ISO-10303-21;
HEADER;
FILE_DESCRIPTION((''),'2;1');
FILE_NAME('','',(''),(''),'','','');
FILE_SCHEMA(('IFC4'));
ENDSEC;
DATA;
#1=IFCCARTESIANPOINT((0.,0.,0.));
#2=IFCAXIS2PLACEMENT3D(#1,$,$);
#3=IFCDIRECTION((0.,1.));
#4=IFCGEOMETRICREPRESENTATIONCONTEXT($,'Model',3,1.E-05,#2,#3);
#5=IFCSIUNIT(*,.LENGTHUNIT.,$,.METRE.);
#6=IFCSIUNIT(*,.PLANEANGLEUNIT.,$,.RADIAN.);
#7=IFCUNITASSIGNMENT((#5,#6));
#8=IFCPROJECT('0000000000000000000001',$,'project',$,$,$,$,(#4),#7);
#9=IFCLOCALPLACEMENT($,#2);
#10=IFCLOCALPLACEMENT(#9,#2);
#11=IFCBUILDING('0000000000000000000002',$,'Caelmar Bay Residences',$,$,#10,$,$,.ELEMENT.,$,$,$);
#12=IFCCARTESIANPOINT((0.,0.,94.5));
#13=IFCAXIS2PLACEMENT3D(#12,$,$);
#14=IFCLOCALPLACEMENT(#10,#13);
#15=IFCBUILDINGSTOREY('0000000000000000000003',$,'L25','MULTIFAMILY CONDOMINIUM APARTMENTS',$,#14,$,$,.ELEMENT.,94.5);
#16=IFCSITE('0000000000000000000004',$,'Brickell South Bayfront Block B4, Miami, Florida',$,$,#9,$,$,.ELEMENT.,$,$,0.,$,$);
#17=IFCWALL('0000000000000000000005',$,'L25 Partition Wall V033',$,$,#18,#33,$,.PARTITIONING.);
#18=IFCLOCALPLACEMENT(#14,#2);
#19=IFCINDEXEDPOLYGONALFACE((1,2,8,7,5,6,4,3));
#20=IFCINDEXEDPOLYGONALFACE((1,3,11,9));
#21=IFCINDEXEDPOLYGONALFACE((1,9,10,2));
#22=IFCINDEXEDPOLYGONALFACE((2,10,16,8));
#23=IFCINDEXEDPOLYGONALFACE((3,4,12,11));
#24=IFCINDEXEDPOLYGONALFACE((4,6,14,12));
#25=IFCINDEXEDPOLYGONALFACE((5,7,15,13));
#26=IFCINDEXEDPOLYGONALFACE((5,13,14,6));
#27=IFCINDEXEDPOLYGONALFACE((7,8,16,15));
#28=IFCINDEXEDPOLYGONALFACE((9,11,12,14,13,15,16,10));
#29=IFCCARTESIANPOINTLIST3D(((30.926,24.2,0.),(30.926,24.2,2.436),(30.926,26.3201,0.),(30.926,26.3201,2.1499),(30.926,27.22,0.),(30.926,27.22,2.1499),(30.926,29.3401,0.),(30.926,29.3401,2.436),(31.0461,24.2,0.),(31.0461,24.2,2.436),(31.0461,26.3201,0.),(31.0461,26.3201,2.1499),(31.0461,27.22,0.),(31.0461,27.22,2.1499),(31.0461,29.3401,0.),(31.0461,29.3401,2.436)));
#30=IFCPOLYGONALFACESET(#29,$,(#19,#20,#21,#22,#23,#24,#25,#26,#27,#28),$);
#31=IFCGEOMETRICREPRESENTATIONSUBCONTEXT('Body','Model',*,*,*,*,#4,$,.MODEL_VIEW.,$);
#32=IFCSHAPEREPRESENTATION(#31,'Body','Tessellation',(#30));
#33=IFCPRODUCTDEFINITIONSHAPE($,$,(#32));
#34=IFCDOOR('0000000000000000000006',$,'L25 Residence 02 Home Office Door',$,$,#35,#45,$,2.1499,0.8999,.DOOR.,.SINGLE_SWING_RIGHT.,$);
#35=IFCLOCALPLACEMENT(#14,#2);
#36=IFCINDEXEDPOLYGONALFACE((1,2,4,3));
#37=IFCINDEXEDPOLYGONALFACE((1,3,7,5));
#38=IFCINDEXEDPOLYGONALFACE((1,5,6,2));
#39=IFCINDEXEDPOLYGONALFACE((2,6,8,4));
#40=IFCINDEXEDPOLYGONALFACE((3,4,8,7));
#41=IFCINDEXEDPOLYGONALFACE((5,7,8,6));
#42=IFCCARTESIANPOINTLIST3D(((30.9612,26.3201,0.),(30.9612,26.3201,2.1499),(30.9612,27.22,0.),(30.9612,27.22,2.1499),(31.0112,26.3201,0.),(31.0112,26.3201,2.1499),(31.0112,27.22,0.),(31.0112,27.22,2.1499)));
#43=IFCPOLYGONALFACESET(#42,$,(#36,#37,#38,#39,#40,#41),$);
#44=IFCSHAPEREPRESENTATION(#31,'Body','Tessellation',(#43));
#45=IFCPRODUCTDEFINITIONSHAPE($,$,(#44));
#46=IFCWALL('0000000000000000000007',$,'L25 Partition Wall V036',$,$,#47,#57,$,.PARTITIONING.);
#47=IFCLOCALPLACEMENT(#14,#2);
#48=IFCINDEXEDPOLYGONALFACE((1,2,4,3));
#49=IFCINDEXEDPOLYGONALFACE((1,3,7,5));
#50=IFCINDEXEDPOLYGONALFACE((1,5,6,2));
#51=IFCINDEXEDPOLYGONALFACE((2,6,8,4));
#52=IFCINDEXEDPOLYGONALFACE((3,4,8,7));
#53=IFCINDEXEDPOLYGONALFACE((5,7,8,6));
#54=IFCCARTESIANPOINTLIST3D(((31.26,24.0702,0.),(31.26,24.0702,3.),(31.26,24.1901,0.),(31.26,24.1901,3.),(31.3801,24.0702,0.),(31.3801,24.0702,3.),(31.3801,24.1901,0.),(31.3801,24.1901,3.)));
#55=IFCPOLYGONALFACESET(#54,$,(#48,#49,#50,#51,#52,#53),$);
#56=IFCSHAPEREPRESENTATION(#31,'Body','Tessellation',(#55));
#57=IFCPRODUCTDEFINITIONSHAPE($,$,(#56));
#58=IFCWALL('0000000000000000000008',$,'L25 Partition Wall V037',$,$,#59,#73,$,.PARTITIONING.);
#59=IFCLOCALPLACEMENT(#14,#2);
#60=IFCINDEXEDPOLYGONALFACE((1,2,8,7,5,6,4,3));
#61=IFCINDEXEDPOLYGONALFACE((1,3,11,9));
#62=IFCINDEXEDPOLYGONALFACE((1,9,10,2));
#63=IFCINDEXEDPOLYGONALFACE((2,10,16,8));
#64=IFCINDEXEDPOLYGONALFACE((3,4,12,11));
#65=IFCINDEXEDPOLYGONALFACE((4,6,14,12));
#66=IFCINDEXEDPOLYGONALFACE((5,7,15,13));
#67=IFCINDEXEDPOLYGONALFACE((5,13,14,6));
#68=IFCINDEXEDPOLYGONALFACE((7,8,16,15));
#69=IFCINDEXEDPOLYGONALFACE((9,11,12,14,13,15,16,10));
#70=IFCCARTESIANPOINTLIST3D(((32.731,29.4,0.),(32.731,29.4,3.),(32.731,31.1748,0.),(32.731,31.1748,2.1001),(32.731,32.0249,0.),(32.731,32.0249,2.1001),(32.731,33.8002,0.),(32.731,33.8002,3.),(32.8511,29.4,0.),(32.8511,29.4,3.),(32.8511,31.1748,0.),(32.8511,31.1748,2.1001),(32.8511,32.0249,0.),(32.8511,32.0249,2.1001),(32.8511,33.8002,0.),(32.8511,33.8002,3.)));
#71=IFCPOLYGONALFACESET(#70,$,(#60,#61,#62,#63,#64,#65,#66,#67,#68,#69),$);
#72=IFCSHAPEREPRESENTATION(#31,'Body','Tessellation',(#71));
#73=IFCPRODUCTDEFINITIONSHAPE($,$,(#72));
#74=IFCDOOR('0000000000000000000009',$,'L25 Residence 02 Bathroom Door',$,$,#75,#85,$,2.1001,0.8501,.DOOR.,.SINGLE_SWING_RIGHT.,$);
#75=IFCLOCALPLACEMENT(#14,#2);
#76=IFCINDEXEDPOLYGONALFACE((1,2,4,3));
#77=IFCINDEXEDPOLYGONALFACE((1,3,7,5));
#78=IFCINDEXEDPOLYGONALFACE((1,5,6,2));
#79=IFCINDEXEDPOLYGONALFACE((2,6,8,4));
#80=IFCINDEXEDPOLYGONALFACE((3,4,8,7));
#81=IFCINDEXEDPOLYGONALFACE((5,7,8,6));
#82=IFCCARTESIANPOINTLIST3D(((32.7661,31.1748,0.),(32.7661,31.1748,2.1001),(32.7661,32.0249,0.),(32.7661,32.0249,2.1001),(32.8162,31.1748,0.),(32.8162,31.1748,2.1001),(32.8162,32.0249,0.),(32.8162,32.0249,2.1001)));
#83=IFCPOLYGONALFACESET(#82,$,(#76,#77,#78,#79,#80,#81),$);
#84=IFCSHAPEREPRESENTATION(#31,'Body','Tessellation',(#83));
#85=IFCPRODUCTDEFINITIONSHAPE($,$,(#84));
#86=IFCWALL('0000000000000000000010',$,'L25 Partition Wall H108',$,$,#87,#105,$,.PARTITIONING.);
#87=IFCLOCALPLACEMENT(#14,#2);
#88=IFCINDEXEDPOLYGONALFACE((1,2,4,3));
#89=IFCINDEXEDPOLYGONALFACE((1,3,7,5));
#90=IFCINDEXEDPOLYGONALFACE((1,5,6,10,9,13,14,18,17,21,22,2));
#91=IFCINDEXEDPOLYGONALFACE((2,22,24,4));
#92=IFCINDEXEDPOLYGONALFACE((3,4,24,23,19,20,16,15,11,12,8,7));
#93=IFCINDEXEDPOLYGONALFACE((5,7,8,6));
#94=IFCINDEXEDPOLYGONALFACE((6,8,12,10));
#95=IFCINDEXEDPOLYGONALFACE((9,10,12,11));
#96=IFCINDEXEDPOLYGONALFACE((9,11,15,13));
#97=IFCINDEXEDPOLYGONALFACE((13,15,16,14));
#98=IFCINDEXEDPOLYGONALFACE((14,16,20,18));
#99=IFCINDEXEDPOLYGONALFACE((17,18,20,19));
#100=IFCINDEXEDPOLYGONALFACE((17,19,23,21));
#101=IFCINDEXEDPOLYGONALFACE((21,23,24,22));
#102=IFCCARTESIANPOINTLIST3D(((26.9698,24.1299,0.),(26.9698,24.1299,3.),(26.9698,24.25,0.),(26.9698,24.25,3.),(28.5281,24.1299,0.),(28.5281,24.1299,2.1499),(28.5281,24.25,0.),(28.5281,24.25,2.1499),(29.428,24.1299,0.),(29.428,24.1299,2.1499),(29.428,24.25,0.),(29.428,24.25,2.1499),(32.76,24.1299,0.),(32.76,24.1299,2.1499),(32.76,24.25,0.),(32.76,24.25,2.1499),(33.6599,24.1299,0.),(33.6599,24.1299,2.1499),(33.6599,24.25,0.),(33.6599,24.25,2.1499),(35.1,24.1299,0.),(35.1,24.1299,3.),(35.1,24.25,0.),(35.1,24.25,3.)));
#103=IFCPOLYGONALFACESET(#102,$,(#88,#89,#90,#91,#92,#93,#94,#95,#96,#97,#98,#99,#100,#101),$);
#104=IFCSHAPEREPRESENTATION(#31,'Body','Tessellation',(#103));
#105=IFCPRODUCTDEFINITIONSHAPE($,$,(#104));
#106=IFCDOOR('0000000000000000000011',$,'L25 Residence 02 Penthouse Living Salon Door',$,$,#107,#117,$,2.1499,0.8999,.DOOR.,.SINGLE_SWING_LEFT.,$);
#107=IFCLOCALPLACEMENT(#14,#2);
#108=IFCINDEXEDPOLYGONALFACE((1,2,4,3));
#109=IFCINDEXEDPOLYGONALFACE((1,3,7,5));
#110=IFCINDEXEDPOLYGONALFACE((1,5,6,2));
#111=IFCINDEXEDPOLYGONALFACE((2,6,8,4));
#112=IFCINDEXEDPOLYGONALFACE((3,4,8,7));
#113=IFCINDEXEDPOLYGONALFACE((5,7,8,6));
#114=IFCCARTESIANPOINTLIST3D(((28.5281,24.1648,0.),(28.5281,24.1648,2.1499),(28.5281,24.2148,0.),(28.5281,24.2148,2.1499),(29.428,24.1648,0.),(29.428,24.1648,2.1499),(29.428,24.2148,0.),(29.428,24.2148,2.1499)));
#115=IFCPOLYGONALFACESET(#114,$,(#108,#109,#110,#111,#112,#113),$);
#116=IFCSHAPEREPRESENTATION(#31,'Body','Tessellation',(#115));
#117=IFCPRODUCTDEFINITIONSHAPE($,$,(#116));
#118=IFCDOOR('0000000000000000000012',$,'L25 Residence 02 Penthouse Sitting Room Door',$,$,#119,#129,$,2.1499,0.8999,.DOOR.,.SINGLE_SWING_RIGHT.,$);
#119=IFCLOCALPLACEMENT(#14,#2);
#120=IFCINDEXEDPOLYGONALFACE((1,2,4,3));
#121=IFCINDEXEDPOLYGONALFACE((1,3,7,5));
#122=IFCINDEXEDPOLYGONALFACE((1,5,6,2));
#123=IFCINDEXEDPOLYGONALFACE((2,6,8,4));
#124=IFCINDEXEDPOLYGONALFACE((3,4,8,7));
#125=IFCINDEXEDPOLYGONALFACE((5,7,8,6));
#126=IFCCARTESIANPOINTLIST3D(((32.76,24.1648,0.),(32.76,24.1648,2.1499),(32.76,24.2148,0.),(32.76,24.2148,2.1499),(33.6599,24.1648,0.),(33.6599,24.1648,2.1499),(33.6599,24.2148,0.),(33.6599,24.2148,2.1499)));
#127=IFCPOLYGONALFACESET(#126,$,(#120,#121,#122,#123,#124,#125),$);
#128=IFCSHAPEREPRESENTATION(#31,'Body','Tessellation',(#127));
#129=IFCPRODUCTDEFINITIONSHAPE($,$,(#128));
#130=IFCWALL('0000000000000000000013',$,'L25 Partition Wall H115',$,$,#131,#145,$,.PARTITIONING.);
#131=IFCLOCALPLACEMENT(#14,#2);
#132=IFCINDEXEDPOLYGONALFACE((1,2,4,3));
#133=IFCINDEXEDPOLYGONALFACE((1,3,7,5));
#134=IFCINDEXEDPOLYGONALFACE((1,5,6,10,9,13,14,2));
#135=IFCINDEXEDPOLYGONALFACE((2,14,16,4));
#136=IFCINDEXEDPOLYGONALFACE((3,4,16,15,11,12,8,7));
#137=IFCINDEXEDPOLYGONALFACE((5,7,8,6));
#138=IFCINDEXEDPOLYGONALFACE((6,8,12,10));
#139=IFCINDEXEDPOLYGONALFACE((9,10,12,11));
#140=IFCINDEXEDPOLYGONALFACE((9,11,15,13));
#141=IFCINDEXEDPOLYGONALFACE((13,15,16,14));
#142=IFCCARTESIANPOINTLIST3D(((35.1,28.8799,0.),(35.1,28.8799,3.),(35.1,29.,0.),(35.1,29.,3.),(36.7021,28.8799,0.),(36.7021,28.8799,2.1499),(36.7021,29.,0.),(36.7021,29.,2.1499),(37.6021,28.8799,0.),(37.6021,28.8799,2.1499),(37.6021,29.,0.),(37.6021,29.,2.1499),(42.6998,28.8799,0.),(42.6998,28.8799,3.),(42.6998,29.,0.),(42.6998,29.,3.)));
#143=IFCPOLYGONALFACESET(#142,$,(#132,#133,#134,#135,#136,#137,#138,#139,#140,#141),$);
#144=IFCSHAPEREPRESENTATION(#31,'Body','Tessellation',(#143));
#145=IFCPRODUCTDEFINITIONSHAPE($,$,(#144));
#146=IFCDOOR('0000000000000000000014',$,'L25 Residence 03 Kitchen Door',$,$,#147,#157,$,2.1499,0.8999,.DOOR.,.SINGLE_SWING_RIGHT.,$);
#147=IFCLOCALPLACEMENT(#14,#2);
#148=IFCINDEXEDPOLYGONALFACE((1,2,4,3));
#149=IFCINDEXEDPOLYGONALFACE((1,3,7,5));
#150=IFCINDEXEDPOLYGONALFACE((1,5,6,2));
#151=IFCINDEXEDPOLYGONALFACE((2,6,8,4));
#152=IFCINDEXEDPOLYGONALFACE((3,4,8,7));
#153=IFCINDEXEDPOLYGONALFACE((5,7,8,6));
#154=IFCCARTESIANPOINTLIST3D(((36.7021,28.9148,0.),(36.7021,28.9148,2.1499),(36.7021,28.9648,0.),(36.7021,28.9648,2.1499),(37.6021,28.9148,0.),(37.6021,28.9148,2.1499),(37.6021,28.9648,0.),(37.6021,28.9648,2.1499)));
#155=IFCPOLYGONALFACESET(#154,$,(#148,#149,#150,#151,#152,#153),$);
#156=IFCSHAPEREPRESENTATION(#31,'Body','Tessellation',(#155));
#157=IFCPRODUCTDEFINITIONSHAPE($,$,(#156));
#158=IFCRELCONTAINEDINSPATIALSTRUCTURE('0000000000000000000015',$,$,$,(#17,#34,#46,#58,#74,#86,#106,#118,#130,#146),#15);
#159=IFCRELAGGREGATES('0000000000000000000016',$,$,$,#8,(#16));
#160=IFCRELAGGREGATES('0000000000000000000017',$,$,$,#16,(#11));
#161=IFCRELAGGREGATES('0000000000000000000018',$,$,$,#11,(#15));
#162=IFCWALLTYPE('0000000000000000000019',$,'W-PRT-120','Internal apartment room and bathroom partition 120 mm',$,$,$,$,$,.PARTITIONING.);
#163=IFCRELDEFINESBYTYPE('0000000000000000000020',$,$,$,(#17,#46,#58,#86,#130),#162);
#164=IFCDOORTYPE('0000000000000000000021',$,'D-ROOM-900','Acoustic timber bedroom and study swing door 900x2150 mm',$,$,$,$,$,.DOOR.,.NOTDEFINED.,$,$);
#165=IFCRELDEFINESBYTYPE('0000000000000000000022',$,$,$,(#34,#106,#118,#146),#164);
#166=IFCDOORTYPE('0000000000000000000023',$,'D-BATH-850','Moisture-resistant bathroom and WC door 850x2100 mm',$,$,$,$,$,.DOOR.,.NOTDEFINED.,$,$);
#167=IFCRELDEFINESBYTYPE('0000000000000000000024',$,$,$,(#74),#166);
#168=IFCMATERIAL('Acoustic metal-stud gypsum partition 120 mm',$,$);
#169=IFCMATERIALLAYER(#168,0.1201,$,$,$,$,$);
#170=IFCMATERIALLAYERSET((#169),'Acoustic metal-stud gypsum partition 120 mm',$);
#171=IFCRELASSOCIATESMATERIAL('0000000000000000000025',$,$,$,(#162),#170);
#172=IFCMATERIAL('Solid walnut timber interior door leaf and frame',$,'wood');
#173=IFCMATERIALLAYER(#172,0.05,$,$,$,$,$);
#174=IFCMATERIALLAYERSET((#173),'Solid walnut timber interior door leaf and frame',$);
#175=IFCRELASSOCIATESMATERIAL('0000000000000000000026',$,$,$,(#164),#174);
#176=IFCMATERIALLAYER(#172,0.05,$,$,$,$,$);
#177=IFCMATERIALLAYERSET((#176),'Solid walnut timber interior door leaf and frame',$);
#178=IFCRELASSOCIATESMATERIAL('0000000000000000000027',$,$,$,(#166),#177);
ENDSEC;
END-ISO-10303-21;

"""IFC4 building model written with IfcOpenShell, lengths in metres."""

from ifc_helpers import new_model, si_unit, direction, frame, frame_2d, origin, place, context, subcontext, project, spatial, rectangle, extrude, material, layer, layer_set, type_object, element, fill, save


model = new_model("IFC4")

# Units and contexts
model_context = context("Model", 3, precision=1e-05, world=origin(), true_north=direction((0.0, 1.0)))
body_context = subcontext(model_context, "Body", "Model", "MODEL_VIEW")
ifc_project = project(units=[si_unit("LENGTHUNIT", "METRE"), si_unit("PLANEANGLEUNIT", "RADIAN")], contexts=[model_context])

# Site, building, storey
site_placement = place(None, origin())
site = spatial("IfcSite", under=ifc_project, at=site_placement, Name="Brickell South Bayfront Block B4, Miami, Florida", CompositionType="ELEMENT", RefElevation=0.0)
building_placement = place(site_placement, origin())
building = spatial("IfcBuilding", under=site, at=building_placement, Name="Caelmar Bay Residences", CompositionType="ELEMENT")
storey_placement = place(building_placement, frame((0.0, 0.0, 94.5)))
storey = spatial("IfcBuildingStorey", under=building, at=storey_placement, Name="L25", Description="MULTIFAMILY CONDOMINIUM APARTMENTS", CompositionType="ELEMENT", Elevation=94.5)

# Wall, opening, door
ifc_material_1 = material(Name="Acoustic metal-stud gypsum partition 120 mm")
ifc_layer_1 = layer(ifc_material_1, 0.1201)
ifc_layer_set_1 = layer_set([ifc_layer_1], Name="Acoustic metal-stud gypsum partition 120 mm")
wall_type_1 = type_object("IfcWallType", Name="W-PRT-120", Description="Internal apartment room and bathroom partition 120 mm", PredefinedType="PARTITIONING", material=ifc_layer_set_1)
wall_1_placement = place(storey_placement, frame((30.9861, 24.2, 0.0), z_axis=(0.0, 0.0, 1.0), x_axis=(0.0, 1.0, 0.0)))
wall_1 = element("IfcWall", 1, at=wall_1_placement, inside=storey, type_object=wall_type_1, Name="L25 Partition Wall V033", PredefinedType="PARTITIONING", context=body_context, shape_type="SweptSolid", body=[
    extrude(rectangle(XDim=5.1401, YDim=0.1201, at=frame_2d((2.5701, 0.0))), origin(), (0.0, 0.0, 1.0), 2.436),
])
opening_1_placement = place(wall_1_placement, frame((2.1201, 0.0, 0.0)))
opening_1 = element("IfcOpeningElement", 2, at=opening_1_placement, cuts=wall_1, PredefinedType="OPENING", context=body_context, shape_type="SweptSolid", body=[
    extrude(rectangle(XDim=0.8999, YDim=2.1499, at=frame_2d((0.45, 1.075))), frame((0.0, 0.0701, 0.0), z_axis=(0.0, -1.0, 0.0), x_axis=(1.0, 0.0, 0.0)), (0.0, 0.0, 1.0), 0.1401),
])
ifc_material_2 = material(Name="Solid walnut timber interior door leaf and frame", Category="wood")
ifc_layer_2 = layer(ifc_material_2, 0.05)
ifc_layer_set_2 = layer_set([ifc_layer_2], Name="Solid walnut timber interior door leaf and frame")
door_type_1 = type_object("IfcDoorType", Name="D-ROOM-900", Description="Acoustic timber bedroom and study swing door 900x2150 mm", OperationType="NOTDEFINED", PredefinedType="DOOR", material=ifc_layer_set_2)
door_1_placement = place(opening_1_placement, origin())
door_1 = element("IfcDoor", 3, at=door_1_placement, inside=storey, type_object=door_type_1, Name="L25 Residence 02 Home Office Door", OperationType="SINGLE_SWING_RIGHT", OverallHeight=2.1499, OverallWidth=0.8999, PredefinedType="DOOR", context=body_context, shape_type="SweptSolid", body=[
    extrude(rectangle(XDim=0.8999, YDim=2.1499, at=frame_2d((0.45, 1.075))), frame((0.0, 0.0249, 0.0), z_axis=(0.0, -1.0, 0.0), x_axis=(1.0, 0.0, 0.0)), (0.0, 0.0, 1.0), 0.05),
])
fill(opening_1, door_1)

# Wall
wall_2_placement = place(storey_placement, frame((31.3201, 24.0701, 0.0), z_axis=(0.0, 0.0, 1.0), x_axis=(0.0, 1.0, 0.0)))
element("IfcWall", 4, at=wall_2_placement, inside=storey, type_object=wall_type_1, Name="L25 Partition Wall V036", PredefinedType="PARTITIONING", context=body_context, shape_type="SweptSolid", body=[
    extrude(rectangle(XDim=0.1199, YDim=0.1201, at=frame_2d((0.0601, 0.0))), origin(), (0.0, 0.0, 1.0), 3.0),
])

# Wall, opening, door
wall_3_placement = place(storey_placement, frame((32.791, 29.3999, 0.0), z_axis=(0.0, 0.0, 1.0), x_axis=(0.0, 1.0, 0.0)))
wall_3 = element("IfcWall", 5, at=wall_3_placement, inside=storey, type_object=wall_type_1, Name="L25 Partition Wall V037", PredefinedType="PARTITIONING", context=body_context, shape_type="SweptSolid", body=[
    extrude(rectangle(XDim=4.4001, YDim=0.1201, at=frame_2d((2.2002, 0.0))), origin(), (0.0, 0.0, 1.0), 3.0),
])
opening_2_placement = place(wall_3_placement, frame((1.7749, 0.0, 0.0)))
opening_2 = element("IfcOpeningElement", 6, at=opening_2_placement, cuts=wall_3, PredefinedType="OPENING", context=body_context, shape_type="SweptSolid", body=[
    extrude(rectangle(XDim=0.8501, YDim=2.1001, at=frame_2d((0.425, 1.05))), frame((0.0, 0.0701, 0.0), z_axis=(0.0, -1.0, 0.0), x_axis=(1.0, 0.0, 0.0)), (0.0, 0.0, 1.0), 0.1401),
])
ifc_layer_3 = layer(ifc_material_2, 0.05)
ifc_layer_set_3 = layer_set([ifc_layer_3], Name="Solid walnut timber interior door leaf and frame")
door_type_2 = type_object("IfcDoorType", Name="D-BATH-850", Description="Moisture-resistant bathroom and WC door 850x2100 mm", OperationType="NOTDEFINED", PredefinedType="DOOR", material=ifc_layer_set_3)
door_2_placement = place(opening_2_placement, origin())
door_2 = element("IfcDoor", 7, at=door_2_placement, inside=storey, type_object=door_type_2, Name="L25 Residence 02 Bathroom Door", OperationType="SINGLE_SWING_RIGHT", OverallHeight=2.1001, OverallWidth=0.8501, PredefinedType="DOOR", context=body_context, shape_type="SweptSolid", body=[
    extrude(rectangle(XDim=0.8501, YDim=2.1001, at=frame_2d((0.425, 1.05))), frame((0.0, 0.0249, 0.0), z_axis=(0.0, -1.0, 0.0), x_axis=(1.0, 0.0, 0.0)), (0.0, 0.0, 1.0), 0.05),
])
fill(opening_2, door_2)

# Wall, openings, doors
wall_4_placement = place(storey_placement, frame((26.97, 24.1899, 0.0), z_axis=(0.0, 0.0, 1.0), x_axis=(1.0, 0.0, 0.0)))
wall_4 = element("IfcWall", 8, at=wall_4_placement, inside=storey, type_object=wall_type_1, Name="L25 Partition Wall H108", PredefinedType="PARTITIONING", context=body_context, shape_type="SweptSolid", body=[
    extrude(rectangle(XDim=8.1301, YDim=0.1201, at=frame_2d((4.0649, 0.0))), origin(), (0.0, 0.0, 1.0), 3.0),
])
opening_3_placement = place(wall_4_placement, frame((1.5581, 0.0, 0.0)))
opening_3 = element("IfcOpeningElement", 9, at=opening_3_placement, cuts=wall_4, PredefinedType="OPENING", context=body_context, shape_type="SweptSolid", body=[
    extrude(rectangle(XDim=0.8999, YDim=2.1499, at=frame_2d((0.45, 1.075))), frame((0.0, 0.0701, 0.0), z_axis=(0.0, -1.0, 0.0), x_axis=(1.0, 0.0, 0.0)), (0.0, 0.0, 1.0), 0.1401),
])
opening_4_placement = place(wall_4_placement, frame((5.79, 0.0, 0.0)))
opening_4 = element("IfcOpeningElement", 10, at=opening_4_placement, cuts=wall_4, PredefinedType="OPENING", context=body_context, shape_type="SweptSolid", body=[
    extrude(rectangle(XDim=0.8999, YDim=2.1499, at=frame_2d((0.45, 1.075))), frame((0.0, 0.0701, 0.0), z_axis=(0.0, -1.0, 0.0), x_axis=(1.0, 0.0, 0.0)), (0.0, 0.0, 1.0), 0.1401),
])
door_3_placement = place(opening_3_placement, origin())
door_3 = element("IfcDoor", 11, at=door_3_placement, inside=storey, type_object=door_type_1, Name="L25 Residence 02 Penthouse Living Salon Door", OperationType="SINGLE_SWING_LEFT", OverallHeight=2.1499, OverallWidth=0.8999, PredefinedType="DOOR", context=body_context, shape_type="SweptSolid", body=[
    extrude(rectangle(XDim=0.8999, YDim=2.1499, at=frame_2d((0.45, 1.075))), frame((0.0, 0.0249, 0.0), z_axis=(0.0, -1.0, 0.0), x_axis=(1.0, 0.0, 0.0)), (0.0, 0.0, 1.0), 0.05),
])
fill(opening_3, door_3)
door_4_placement = place(opening_4_placement, origin())
door_4 = element("IfcDoor", 12, at=door_4_placement, inside=storey, type_object=door_type_1, Name="L25 Residence 02 Penthouse Sitting Room Door", OperationType="SINGLE_SWING_RIGHT", OverallHeight=2.1499, OverallWidth=0.8999, PredefinedType="DOOR", context=body_context, shape_type="SweptSolid", body=[
    extrude(rectangle(XDim=0.8999, YDim=2.1499, at=frame_2d((0.45, 1.075))), frame((0.0, 0.0249, 0.0), z_axis=(0.0, -1.0, 0.0), x_axis=(1.0, 0.0, 0.0)), (0.0, 0.0, 1.0), 0.05),
])
fill(opening_4, door_4)

# Wall, opening, door
wall_5_placement = place(storey_placement, frame((35.1001, 28.9399, 0.0), z_axis=(0.0, 0.0, 1.0), x_axis=(1.0, 0.0, 0.0)))
wall_5 = element("IfcWall", 13, at=wall_5_placement, inside=storey, type_object=wall_type_1, Name="L25 Partition Wall H115", PredefinedType="PARTITIONING", context=body_context, shape_type="SweptSolid", body=[
    extrude(rectangle(XDim=7.5999, YDim=0.1201, at=frame_2d((3.7998, 0.0))), origin(), (0.0, 0.0, 1.0), 3.0),
])
opening_5_placement = place(wall_5_placement, frame((1.6021, 0.0, 0.0)))
opening_5 = element("IfcOpeningElement", 14, at=opening_5_placement, cuts=wall_5, PredefinedType="OPENING", context=body_context, shape_type="SweptSolid", body=[
    extrude(rectangle(XDim=0.8999, YDim=2.1499, at=frame_2d((0.45, 1.075))), frame((0.0, 0.0701, 0.0), z_axis=(0.0, -1.0, 0.0), x_axis=(1.0, 0.0, 0.0)), (0.0, 0.0, 1.0), 0.1401),
])
door_5_placement = place(opening_5_placement, origin())
door_5 = element("IfcDoor", 15, at=door_5_placement, inside=storey, type_object=door_type_1, Name="L25 Residence 03 Kitchen Door", OperationType="SINGLE_SWING_RIGHT", OverallHeight=2.1499, OverallWidth=0.8999, PredefinedType="DOOR", context=body_context, shape_type="SweptSolid", body=[
    extrude(rectangle(XDim=0.8999, YDim=2.1499, at=frame_2d((0.45, 1.075))), frame((0.0, 0.0249, 0.0), z_axis=(0.0, -1.0, 0.0), x_axis=(1.0, 0.0, 0.0)), (0.0, 0.0, 1.0), 0.05),
])
fill(opening_5, door_5)

save(model, "model.ifc")
